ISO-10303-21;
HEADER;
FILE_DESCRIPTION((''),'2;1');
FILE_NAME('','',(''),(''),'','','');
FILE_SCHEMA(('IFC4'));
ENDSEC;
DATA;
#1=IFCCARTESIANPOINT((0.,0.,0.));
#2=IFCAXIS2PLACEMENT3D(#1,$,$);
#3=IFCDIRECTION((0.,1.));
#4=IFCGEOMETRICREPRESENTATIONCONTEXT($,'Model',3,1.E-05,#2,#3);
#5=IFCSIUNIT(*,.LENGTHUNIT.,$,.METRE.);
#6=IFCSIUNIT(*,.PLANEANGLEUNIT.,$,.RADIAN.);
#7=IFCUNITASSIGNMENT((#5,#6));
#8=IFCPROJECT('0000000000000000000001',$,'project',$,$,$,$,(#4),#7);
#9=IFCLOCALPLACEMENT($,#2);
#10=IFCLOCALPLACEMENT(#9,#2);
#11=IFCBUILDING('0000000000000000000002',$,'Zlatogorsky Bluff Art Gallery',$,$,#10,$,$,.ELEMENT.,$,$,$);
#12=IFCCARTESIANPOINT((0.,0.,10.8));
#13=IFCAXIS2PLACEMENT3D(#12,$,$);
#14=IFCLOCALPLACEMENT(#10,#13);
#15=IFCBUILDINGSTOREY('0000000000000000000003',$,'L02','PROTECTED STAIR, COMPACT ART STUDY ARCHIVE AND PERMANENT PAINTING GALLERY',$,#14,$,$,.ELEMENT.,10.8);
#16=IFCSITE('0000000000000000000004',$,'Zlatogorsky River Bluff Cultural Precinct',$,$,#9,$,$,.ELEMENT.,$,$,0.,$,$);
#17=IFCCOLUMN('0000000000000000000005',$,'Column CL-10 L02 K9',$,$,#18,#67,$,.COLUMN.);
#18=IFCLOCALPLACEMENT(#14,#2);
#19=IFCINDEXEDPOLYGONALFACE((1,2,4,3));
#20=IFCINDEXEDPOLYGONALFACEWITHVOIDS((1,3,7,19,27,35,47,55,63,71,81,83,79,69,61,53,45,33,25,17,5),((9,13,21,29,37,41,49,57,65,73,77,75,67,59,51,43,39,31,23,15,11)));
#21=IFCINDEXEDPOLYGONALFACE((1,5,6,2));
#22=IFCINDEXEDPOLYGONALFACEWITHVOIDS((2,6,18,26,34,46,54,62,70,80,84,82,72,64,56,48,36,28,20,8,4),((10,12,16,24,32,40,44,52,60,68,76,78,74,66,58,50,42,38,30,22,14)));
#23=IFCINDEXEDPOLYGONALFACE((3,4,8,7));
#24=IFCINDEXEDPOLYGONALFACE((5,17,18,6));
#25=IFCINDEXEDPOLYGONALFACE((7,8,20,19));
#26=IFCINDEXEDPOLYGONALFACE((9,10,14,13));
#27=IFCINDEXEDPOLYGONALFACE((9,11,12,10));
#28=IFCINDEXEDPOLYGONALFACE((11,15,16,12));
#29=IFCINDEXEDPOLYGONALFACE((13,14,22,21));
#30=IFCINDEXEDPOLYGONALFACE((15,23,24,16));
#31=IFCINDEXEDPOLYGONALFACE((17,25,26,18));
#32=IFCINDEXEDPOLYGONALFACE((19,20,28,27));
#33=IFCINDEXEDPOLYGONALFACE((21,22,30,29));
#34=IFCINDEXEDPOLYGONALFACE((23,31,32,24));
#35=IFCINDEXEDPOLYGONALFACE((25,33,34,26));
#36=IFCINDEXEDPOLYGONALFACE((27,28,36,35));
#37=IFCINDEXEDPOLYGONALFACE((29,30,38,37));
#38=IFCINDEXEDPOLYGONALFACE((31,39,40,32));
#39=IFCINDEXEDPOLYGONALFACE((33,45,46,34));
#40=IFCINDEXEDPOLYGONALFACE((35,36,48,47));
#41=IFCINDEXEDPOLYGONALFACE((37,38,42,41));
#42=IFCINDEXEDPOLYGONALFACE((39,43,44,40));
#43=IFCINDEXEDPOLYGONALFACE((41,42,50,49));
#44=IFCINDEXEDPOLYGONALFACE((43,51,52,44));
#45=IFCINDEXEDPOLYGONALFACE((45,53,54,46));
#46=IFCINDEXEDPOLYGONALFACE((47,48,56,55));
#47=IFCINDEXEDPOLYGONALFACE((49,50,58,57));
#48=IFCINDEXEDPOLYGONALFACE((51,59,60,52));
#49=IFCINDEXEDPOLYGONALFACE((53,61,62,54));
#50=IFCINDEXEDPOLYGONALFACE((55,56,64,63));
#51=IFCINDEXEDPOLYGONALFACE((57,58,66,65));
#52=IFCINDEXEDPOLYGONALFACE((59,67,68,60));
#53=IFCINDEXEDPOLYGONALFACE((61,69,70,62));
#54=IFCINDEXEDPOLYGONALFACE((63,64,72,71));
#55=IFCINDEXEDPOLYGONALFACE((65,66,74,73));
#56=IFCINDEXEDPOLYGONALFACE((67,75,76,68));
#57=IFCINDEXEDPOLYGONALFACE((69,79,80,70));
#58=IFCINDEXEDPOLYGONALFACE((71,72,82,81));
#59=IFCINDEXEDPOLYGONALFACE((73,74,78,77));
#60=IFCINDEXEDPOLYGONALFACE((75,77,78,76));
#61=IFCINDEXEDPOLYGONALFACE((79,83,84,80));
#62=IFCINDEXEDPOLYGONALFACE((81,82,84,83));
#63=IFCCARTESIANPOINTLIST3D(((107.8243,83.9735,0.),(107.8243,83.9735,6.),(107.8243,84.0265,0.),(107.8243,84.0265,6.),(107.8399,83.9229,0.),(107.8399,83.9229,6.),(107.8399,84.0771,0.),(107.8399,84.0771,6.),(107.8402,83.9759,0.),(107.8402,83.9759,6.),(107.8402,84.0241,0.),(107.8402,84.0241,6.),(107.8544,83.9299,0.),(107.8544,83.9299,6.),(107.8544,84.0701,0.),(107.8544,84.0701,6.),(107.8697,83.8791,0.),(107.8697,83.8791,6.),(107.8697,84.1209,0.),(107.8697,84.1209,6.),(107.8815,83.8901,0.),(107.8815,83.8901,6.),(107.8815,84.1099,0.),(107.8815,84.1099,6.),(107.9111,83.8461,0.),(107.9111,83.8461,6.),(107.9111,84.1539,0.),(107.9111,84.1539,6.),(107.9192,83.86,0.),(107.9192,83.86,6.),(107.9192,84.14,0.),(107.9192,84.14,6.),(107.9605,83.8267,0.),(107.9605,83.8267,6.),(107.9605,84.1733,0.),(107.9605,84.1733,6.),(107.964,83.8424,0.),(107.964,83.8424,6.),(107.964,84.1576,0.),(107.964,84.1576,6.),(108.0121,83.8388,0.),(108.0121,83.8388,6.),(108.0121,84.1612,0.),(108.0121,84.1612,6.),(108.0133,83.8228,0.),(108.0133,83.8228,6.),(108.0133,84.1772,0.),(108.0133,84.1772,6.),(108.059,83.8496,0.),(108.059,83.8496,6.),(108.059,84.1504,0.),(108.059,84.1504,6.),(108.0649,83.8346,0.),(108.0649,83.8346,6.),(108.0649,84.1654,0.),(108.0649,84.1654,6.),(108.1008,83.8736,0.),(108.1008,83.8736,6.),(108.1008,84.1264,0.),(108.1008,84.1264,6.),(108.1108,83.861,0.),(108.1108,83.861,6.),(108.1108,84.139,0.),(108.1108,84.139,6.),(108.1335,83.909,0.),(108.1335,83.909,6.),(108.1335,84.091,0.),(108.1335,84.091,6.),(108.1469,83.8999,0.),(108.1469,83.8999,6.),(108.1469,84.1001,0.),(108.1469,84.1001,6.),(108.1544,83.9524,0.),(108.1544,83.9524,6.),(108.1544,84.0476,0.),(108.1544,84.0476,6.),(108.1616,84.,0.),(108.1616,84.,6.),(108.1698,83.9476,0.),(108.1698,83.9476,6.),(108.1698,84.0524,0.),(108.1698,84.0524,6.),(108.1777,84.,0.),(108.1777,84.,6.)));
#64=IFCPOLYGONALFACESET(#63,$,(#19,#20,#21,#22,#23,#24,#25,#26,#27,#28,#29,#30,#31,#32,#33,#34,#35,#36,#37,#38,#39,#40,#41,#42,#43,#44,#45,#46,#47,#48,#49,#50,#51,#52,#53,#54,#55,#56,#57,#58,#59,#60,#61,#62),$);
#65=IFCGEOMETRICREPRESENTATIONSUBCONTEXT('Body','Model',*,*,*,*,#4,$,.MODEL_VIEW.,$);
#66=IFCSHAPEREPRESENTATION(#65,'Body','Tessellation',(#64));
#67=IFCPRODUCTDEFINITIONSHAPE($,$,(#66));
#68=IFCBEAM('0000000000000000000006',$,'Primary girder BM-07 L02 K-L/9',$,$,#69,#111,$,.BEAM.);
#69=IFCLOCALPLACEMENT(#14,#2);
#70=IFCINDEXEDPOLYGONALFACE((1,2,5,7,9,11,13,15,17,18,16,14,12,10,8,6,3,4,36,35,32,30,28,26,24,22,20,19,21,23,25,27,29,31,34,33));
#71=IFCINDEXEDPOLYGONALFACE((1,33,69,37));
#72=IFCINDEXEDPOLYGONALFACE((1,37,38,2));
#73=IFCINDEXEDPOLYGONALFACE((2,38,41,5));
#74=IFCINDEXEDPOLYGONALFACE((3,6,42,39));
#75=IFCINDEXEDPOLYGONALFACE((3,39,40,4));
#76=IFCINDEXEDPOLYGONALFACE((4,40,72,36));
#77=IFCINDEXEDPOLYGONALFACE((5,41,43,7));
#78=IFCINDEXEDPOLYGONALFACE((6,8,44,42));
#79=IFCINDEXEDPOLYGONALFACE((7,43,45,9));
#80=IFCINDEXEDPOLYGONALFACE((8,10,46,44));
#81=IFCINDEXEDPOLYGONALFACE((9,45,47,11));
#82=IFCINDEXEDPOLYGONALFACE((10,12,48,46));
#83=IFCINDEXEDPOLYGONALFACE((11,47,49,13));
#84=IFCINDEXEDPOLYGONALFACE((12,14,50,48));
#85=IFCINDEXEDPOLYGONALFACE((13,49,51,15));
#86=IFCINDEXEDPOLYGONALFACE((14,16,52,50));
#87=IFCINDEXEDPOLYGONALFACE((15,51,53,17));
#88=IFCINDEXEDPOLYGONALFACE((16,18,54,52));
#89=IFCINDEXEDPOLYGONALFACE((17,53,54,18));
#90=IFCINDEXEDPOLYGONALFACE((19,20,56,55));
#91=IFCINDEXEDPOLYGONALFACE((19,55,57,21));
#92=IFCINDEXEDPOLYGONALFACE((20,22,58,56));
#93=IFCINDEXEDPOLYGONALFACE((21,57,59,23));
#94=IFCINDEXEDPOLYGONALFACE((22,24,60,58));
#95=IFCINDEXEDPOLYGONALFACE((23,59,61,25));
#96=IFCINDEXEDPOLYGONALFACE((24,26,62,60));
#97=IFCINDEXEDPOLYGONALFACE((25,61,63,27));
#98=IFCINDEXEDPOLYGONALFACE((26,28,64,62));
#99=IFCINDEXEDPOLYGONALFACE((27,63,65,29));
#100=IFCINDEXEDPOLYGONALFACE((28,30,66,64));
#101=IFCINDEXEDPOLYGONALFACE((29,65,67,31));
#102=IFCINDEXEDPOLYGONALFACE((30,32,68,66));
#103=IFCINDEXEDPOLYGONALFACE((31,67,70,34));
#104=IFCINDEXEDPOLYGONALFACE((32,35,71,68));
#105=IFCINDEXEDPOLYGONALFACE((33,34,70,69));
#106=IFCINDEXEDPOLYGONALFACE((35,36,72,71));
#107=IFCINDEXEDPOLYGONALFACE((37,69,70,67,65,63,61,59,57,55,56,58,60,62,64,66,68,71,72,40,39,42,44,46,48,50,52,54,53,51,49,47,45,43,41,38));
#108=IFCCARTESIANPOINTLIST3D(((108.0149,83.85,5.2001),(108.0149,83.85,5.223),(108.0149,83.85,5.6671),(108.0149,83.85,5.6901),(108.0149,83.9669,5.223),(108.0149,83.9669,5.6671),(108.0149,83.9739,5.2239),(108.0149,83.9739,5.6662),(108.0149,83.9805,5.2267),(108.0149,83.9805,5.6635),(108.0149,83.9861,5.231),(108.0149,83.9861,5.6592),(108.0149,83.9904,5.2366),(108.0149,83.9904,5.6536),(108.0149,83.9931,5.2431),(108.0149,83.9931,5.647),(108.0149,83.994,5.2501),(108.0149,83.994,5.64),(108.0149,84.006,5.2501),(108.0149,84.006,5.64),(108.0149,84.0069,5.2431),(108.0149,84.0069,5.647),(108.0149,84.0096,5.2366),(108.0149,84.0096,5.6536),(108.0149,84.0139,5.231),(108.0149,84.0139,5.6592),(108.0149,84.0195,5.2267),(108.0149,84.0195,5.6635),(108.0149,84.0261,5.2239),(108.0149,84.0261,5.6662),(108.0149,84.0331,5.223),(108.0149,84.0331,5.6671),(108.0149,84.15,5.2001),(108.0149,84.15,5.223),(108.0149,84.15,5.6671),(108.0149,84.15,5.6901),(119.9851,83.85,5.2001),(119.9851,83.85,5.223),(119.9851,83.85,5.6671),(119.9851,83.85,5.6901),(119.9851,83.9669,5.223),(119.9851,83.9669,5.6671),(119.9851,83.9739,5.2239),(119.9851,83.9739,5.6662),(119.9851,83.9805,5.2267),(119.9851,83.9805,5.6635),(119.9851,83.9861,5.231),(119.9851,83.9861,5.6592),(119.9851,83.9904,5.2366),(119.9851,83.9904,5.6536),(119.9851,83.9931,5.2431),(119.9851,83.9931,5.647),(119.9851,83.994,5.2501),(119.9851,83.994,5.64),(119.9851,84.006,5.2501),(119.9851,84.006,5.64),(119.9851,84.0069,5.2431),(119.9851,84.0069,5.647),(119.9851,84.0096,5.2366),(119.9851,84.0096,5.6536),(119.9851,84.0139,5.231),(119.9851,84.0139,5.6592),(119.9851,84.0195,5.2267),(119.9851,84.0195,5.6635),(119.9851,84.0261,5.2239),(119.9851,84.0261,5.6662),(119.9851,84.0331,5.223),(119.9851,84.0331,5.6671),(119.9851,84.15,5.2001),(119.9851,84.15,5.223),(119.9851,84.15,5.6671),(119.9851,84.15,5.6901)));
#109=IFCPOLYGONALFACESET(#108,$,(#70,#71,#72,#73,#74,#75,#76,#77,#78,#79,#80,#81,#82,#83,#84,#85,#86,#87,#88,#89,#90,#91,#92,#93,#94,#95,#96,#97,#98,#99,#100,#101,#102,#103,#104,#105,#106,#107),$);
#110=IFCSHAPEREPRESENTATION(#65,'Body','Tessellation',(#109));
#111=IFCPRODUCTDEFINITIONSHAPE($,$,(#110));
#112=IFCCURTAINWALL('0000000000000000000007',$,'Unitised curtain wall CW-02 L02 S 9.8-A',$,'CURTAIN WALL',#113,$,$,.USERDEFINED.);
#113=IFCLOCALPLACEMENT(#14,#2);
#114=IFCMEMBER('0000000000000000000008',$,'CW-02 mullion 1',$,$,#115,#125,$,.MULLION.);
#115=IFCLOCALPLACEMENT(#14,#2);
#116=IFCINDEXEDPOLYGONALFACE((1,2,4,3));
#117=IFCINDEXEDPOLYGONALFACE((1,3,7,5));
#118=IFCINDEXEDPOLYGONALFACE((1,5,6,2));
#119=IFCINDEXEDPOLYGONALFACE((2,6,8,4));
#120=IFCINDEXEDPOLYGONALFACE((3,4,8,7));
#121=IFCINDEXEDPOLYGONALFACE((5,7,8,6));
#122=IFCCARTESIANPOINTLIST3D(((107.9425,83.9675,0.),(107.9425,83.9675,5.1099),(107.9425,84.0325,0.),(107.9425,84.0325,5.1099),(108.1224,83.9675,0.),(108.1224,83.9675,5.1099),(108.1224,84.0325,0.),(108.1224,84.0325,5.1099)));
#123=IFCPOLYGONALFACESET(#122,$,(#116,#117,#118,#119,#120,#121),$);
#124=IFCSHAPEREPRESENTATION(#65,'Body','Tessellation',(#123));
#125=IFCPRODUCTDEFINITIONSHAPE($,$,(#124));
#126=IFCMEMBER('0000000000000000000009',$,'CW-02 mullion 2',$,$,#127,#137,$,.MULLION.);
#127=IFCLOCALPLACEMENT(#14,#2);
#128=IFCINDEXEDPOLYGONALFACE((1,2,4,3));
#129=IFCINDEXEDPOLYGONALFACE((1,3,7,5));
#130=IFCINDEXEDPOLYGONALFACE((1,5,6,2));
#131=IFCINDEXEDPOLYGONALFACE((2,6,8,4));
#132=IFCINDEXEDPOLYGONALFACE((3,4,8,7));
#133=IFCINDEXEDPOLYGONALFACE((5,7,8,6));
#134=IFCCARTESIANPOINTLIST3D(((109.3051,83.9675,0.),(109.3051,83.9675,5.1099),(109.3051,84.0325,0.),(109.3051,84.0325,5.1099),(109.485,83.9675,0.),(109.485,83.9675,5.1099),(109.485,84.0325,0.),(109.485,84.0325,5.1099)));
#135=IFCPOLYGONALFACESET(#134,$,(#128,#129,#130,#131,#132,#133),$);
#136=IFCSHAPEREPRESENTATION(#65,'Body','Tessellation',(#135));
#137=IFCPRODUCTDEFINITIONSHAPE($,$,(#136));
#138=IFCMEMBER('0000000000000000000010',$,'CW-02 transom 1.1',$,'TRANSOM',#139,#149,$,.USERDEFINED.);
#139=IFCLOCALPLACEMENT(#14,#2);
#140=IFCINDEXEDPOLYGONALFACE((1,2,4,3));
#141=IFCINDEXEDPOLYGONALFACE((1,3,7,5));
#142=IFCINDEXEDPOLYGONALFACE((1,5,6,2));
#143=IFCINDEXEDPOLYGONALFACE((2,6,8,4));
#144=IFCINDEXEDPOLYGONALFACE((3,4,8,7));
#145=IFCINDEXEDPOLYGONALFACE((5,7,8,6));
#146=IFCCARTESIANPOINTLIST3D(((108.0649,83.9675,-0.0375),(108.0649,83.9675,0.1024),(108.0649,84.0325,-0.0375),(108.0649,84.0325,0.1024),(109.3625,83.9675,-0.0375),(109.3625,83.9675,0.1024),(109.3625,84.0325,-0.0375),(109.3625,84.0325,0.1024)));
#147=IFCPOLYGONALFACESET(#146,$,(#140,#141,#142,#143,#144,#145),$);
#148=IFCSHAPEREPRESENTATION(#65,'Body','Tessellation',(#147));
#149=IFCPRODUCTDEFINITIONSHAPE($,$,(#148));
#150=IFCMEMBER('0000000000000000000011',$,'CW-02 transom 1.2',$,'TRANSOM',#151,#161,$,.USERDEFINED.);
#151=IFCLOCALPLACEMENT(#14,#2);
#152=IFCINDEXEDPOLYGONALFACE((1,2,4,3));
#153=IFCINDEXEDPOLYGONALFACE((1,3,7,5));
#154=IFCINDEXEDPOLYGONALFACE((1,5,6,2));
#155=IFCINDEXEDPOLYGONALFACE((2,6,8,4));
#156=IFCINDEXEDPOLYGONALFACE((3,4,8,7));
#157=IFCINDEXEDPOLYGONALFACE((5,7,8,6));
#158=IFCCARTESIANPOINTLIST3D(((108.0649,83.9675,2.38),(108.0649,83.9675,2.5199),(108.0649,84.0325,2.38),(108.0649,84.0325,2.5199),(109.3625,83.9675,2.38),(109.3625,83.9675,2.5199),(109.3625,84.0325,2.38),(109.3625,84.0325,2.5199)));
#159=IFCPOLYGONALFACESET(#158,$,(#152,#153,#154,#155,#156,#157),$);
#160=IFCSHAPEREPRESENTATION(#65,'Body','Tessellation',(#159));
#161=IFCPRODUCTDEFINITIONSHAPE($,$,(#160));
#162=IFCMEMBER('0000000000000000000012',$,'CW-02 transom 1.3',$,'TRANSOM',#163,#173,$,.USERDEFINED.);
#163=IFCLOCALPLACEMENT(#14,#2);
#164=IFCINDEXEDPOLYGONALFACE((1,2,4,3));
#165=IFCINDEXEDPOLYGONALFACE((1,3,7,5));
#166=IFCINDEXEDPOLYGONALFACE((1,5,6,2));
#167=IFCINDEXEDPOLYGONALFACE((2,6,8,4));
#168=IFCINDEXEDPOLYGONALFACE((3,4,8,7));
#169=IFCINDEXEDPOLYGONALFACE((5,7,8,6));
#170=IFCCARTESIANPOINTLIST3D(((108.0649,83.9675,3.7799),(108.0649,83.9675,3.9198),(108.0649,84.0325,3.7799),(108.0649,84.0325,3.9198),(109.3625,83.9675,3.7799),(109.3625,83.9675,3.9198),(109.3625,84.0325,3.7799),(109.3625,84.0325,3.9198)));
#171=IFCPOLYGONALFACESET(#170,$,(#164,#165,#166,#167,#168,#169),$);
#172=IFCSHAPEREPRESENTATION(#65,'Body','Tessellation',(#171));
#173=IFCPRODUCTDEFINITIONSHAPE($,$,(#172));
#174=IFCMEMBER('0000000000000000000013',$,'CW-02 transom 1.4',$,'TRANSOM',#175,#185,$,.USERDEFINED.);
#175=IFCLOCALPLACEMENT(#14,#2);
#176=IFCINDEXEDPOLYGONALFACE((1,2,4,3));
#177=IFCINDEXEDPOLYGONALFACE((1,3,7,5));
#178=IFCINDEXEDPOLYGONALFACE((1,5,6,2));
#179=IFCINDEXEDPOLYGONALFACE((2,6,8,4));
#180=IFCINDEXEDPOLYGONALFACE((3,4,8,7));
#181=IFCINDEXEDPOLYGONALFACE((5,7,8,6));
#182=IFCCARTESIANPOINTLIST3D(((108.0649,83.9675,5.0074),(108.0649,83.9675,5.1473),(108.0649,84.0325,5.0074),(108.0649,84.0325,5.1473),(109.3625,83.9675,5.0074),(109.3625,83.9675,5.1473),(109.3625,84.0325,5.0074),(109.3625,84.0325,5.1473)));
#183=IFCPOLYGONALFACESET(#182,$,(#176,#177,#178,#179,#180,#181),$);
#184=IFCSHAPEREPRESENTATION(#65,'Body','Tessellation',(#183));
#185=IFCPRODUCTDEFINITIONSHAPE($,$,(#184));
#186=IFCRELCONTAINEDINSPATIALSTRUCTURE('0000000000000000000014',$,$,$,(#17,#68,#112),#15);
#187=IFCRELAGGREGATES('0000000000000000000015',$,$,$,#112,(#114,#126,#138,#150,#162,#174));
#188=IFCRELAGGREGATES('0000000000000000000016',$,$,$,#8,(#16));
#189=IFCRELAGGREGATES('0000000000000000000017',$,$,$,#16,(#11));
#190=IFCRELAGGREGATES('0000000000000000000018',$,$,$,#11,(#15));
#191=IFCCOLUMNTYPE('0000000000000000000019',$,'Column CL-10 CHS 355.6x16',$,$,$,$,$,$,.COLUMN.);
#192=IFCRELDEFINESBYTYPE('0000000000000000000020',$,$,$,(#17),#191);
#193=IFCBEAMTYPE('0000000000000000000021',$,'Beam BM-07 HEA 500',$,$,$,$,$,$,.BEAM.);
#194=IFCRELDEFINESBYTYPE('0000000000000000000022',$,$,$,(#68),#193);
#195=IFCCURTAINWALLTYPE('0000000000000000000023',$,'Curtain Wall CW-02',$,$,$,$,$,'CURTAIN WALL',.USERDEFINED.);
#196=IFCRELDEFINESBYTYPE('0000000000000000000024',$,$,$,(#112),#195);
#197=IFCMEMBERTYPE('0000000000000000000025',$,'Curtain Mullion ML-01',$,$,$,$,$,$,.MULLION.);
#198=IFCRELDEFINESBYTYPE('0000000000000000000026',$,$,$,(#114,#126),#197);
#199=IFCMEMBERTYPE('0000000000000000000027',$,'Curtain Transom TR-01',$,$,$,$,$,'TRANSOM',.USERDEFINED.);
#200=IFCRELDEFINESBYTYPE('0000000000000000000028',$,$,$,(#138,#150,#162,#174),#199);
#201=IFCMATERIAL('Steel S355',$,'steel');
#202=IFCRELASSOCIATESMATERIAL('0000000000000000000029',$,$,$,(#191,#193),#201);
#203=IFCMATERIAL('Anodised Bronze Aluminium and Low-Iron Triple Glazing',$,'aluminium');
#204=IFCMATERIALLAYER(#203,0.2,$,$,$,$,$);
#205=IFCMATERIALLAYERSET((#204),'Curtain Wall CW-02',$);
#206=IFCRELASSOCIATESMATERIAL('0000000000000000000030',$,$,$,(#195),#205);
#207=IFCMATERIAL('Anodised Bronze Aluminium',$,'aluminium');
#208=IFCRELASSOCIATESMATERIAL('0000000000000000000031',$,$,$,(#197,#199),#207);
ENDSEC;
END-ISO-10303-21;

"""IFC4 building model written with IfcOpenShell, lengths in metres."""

from ifc_helpers import new_model, si_unit, direction, frame, origin, origin_2d, place, context, subcontext, project, spatial, rectangle, hollow_circle, i_section, extrude, material, layer, layer_set, material_profile, profile_set, type_object, element, aggregate, save


model = new_model("IFC4")

# Units and contexts
model_context = context("Model", 3, precision=1e-05, world=origin(), true_north=direction((0.0, 1.0)))
body_context = subcontext(model_context, "Body", "Model", "MODEL_VIEW")
ifc_project = project(units=[si_unit("LENGTHUNIT", "METRE"), si_unit("PLANEANGLEUNIT", "RADIAN")], contexts=[model_context])

# Site, building, storey
site_placement = place(None, origin())
site = spatial("IfcSite", under=ifc_project, at=site_placement, Name="Zlatogorsky River Bluff Cultural Precinct", CompositionType="ELEMENT", RefElevation=0.0)
building_placement = place(site_placement, origin())
building = spatial("IfcBuilding", under=site, at=building_placement, Name="Zlatogorsky Bluff Art Gallery", CompositionType="ELEMENT")
storey_placement = place(building_placement, frame((0.0, 0.0, 10.8)))
storey = spatial("IfcBuildingStorey", under=building, at=storey_placement, Name="L02", Description="PROTECTED STAIR, COMPACT ART STUDY ARCHIVE AND PERMANENT PAINTING GALLERY", CompositionType="ELEMENT", Elevation=10.8)

# Column
ifc_material_1 = material(Name="Steel S355", Category="steel")
ifc_material_profile_1 = material_profile(ifc_material_1, hollow_circle(Radius=0.1777, WallThickness=0.0161, at=origin_2d()), Name="CHS 355.6x16")
ifc_profile_set_1 = profile_set([ifc_material_profile_1], Name="Steel S355")
column_type = type_object("IfcColumnType", Name="Column CL-10 CHS 355.6x16", PredefinedType="COLUMN", material=ifc_profile_set_1)
column_placement = place(storey_placement, frame((108.0, 84.0, 0.0), z_axis=(0.0, 0.0, 1.0), x_axis=(1.0, 0.0, 0.0)))
element("IfcColumn", 1, at=column_placement, inside=storey, type_object=column_type, Name="Column CL-10 L02 K9", PredefinedType="COLUMN", context=body_context, shape_type="SweptSolid", body=[
    extrude(hollow_circle(Radius=0.1777, WallThickness=0.0161, at=origin_2d()), origin(), (0.0, 0.0, 1.0), 6.0),
])

# Beam
ifc_material_profile_2 = material_profile(ifc_material_1, i_section(OverallWidth=0.3, OverallDepth=0.49, WebThickness=0.012, FlangeThickness=0.0229, FilletRadius=0.0271, at=origin_2d()), Name="HEA 500")
ifc_profile_set_2 = profile_set([ifc_material_profile_2], Name="Steel S355")
beam_type = type_object("IfcBeamType", Name="Beam BM-07 HEA 500", PredefinedType="BEAM", material=ifc_profile_set_2)
beam_placement = place(storey_placement, frame((108.0149, 84.0, 5.4451), z_axis=(1.0, 0.0, 0.0), x_axis=(0.0, 1.0, 0.0)))
element("IfcBeam", 2, at=beam_placement, inside=storey, type_object=beam_type, Name="Primary girder BM-07 L02 K-L/9", PredefinedType="BEAM", context=body_context, shape_type="SweptSolid", body=[
    extrude(i_section(OverallWidth=0.3, OverallDepth=0.49, WebThickness=0.012, FlangeThickness=0.0229, FilletRadius=0.0271, at=origin_2d()), origin(), (0.0, 0.0, 1.0), 11.9702),
])

# Curtain wall, members
ifc_material_2 = material(Name="Anodised Bronze Aluminium and Low-Iron Triple Glazing", Category="aluminium")
ifc_layer_1 = layer(ifc_material_2, 0.2)
ifc_layer_set_1 = layer_set([ifc_layer_1], Name="Curtain Wall CW-02")
curtain_wall_type = type_object("IfcCurtainWallType", Name="Curtain Wall CW-02", ElementType="CURTAIN WALL", PredefinedType="USERDEFINED", material=ifc_layer_set_1)
curtain_wall_placement = place(storey_placement, origin())
curtain_wall = element("IfcCurtainWall", 3, at=curtain_wall_placement, inside=storey, type_object=curtain_wall_type, Name="Unitised curtain wall CW-02 L02 S 9.8-A", ObjectType="CURTAIN WALL", PredefinedType="USERDEFINED")
ifc_material_3 = material(Name="Anodised Bronze Aluminium", Category="aluminium")
ifc_material_profile_3 = material_profile(ifc_material_3, rectangle(XDim=0.0649, YDim=0.1799, at=origin_2d()), Name="ALU MULLION 65x180")
ifc_profile_set_3 = profile_set([ifc_material_profile_3], Name="Anodised Bronze Aluminium")
member_type_1 = type_object("IfcMemberType", Name="Curtain Mullion ML-01", PredefinedType="MULLION", material=ifc_profile_set_3)
member_1_placement = place(storey_placement, frame((108.0325, 84.0, 0.0), z_axis=(0.0, 0.0, 1.0), x_axis=(0.0, 1.0, 0.0)))
member_1 = element("IfcMember", 4, at=member_1_placement, type_object=member_type_1, Name="CW-02 mullion 1", PredefinedType="MULLION", context=body_context, shape_type="SweptSolid", body=[
    extrude(rectangle(XDim=0.0649, YDim=0.1799, at=origin_2d()), origin(), (0.0, 0.0, 1.0), 5.1099),
])
member_2_placement = place(storey_placement, frame((109.395, 84.0, 0.0), z_axis=(0.0, 0.0, 1.0), x_axis=(0.0, 1.0, 0.0)))
member_2 = element("IfcMember", 5, at=member_2_placement, type_object=member_type_1, Name="CW-02 mullion 2", PredefinedType="MULLION", context=body_context, shape_type="SweptSolid", body=[
    extrude(rectangle(XDim=0.0649, YDim=0.1799, at=origin_2d()), origin(), (0.0, 0.0, 1.0), 5.1099),
])
ifc_material_profile_4 = material_profile(ifc_material_3, rectangle(XDim=0.0649, YDim=0.1399, at=origin_2d()), Name="ALU TRANSOM 65x140")
ifc_profile_set_4 = profile_set([ifc_material_profile_4], Name="Anodised Bronze Aluminium")
member_type_2 = type_object("IfcMemberType", Name="Curtain Transom TR-01", ElementType="TRANSOM", PredefinedType="USERDEFINED", material=ifc_profile_set_4)
member_3_placement = place(storey_placement, frame((108.0649, 84.0, 0.0325), z_axis=(1.0, 0.0, 0.0), x_axis=(0.0, 1.0, 0.0)))
member_3 = element("IfcMember", 6, at=member_3_placement, type_object=member_type_2, Name="CW-02 transom 1.1", ObjectType="TRANSOM", PredefinedType="USERDEFINED", context=body_context, shape_type="SweptSolid", body=[
    extrude(rectangle(XDim=0.0649, YDim=0.1399, at=origin_2d()), origin(), (0.0, 0.0, 1.0), 1.2976),
])
member_4_placement = place(storey_placement, frame((108.0649, 84.0, 2.45), z_axis=(1.0, 0.0, 0.0), x_axis=(0.0, 1.0, 0.0)))
member_4 = element("IfcMember", 7, at=member_4_placement, type_object=member_type_2, Name="CW-02 transom 1.2", ObjectType="TRANSOM", PredefinedType="USERDEFINED", context=body_context, shape_type="SweptSolid", body=[
    extrude(rectangle(XDim=0.0649, YDim=0.1399, at=origin_2d()), origin(), (0.0, 0.0, 1.0), 1.2976),
])
member_5_placement = place(storey_placement, frame((108.0649, 84.0, 3.8499), z_axis=(1.0, 0.0, 0.0), x_axis=(0.0, 1.0, 0.0)))
member_5 = element("IfcMember", 8, at=member_5_placement, type_object=member_type_2, Name="CW-02 transom 1.3", ObjectType="TRANSOM", PredefinedType="USERDEFINED", context=body_context, shape_type="SweptSolid", body=[
    extrude(rectangle(XDim=0.0649, YDim=0.1399, at=origin_2d()), origin(), (0.0, 0.0, 1.0), 1.2976),
])
member_6_placement = place(storey_placement, frame((108.0649, 84.0, 5.0774), z_axis=(1.0, 0.0, 0.0), x_axis=(0.0, 1.0, 0.0)))
member_6 = element("IfcMember", 9, at=member_6_placement, type_object=member_type_2, Name="CW-02 transom 1.4", ObjectType="TRANSOM", PredefinedType="USERDEFINED", context=body_context, shape_type="SweptSolid", body=[
    extrude(rectangle(XDim=0.0649, YDim=0.1399, at=origin_2d()), origin(), (0.0, 0.0, 1.0), 1.2976),
])
aggregate(curtain_wall, [member_1, member_2, member_3, member_4, member_5, member_6])

save(model, "model.ifc")
